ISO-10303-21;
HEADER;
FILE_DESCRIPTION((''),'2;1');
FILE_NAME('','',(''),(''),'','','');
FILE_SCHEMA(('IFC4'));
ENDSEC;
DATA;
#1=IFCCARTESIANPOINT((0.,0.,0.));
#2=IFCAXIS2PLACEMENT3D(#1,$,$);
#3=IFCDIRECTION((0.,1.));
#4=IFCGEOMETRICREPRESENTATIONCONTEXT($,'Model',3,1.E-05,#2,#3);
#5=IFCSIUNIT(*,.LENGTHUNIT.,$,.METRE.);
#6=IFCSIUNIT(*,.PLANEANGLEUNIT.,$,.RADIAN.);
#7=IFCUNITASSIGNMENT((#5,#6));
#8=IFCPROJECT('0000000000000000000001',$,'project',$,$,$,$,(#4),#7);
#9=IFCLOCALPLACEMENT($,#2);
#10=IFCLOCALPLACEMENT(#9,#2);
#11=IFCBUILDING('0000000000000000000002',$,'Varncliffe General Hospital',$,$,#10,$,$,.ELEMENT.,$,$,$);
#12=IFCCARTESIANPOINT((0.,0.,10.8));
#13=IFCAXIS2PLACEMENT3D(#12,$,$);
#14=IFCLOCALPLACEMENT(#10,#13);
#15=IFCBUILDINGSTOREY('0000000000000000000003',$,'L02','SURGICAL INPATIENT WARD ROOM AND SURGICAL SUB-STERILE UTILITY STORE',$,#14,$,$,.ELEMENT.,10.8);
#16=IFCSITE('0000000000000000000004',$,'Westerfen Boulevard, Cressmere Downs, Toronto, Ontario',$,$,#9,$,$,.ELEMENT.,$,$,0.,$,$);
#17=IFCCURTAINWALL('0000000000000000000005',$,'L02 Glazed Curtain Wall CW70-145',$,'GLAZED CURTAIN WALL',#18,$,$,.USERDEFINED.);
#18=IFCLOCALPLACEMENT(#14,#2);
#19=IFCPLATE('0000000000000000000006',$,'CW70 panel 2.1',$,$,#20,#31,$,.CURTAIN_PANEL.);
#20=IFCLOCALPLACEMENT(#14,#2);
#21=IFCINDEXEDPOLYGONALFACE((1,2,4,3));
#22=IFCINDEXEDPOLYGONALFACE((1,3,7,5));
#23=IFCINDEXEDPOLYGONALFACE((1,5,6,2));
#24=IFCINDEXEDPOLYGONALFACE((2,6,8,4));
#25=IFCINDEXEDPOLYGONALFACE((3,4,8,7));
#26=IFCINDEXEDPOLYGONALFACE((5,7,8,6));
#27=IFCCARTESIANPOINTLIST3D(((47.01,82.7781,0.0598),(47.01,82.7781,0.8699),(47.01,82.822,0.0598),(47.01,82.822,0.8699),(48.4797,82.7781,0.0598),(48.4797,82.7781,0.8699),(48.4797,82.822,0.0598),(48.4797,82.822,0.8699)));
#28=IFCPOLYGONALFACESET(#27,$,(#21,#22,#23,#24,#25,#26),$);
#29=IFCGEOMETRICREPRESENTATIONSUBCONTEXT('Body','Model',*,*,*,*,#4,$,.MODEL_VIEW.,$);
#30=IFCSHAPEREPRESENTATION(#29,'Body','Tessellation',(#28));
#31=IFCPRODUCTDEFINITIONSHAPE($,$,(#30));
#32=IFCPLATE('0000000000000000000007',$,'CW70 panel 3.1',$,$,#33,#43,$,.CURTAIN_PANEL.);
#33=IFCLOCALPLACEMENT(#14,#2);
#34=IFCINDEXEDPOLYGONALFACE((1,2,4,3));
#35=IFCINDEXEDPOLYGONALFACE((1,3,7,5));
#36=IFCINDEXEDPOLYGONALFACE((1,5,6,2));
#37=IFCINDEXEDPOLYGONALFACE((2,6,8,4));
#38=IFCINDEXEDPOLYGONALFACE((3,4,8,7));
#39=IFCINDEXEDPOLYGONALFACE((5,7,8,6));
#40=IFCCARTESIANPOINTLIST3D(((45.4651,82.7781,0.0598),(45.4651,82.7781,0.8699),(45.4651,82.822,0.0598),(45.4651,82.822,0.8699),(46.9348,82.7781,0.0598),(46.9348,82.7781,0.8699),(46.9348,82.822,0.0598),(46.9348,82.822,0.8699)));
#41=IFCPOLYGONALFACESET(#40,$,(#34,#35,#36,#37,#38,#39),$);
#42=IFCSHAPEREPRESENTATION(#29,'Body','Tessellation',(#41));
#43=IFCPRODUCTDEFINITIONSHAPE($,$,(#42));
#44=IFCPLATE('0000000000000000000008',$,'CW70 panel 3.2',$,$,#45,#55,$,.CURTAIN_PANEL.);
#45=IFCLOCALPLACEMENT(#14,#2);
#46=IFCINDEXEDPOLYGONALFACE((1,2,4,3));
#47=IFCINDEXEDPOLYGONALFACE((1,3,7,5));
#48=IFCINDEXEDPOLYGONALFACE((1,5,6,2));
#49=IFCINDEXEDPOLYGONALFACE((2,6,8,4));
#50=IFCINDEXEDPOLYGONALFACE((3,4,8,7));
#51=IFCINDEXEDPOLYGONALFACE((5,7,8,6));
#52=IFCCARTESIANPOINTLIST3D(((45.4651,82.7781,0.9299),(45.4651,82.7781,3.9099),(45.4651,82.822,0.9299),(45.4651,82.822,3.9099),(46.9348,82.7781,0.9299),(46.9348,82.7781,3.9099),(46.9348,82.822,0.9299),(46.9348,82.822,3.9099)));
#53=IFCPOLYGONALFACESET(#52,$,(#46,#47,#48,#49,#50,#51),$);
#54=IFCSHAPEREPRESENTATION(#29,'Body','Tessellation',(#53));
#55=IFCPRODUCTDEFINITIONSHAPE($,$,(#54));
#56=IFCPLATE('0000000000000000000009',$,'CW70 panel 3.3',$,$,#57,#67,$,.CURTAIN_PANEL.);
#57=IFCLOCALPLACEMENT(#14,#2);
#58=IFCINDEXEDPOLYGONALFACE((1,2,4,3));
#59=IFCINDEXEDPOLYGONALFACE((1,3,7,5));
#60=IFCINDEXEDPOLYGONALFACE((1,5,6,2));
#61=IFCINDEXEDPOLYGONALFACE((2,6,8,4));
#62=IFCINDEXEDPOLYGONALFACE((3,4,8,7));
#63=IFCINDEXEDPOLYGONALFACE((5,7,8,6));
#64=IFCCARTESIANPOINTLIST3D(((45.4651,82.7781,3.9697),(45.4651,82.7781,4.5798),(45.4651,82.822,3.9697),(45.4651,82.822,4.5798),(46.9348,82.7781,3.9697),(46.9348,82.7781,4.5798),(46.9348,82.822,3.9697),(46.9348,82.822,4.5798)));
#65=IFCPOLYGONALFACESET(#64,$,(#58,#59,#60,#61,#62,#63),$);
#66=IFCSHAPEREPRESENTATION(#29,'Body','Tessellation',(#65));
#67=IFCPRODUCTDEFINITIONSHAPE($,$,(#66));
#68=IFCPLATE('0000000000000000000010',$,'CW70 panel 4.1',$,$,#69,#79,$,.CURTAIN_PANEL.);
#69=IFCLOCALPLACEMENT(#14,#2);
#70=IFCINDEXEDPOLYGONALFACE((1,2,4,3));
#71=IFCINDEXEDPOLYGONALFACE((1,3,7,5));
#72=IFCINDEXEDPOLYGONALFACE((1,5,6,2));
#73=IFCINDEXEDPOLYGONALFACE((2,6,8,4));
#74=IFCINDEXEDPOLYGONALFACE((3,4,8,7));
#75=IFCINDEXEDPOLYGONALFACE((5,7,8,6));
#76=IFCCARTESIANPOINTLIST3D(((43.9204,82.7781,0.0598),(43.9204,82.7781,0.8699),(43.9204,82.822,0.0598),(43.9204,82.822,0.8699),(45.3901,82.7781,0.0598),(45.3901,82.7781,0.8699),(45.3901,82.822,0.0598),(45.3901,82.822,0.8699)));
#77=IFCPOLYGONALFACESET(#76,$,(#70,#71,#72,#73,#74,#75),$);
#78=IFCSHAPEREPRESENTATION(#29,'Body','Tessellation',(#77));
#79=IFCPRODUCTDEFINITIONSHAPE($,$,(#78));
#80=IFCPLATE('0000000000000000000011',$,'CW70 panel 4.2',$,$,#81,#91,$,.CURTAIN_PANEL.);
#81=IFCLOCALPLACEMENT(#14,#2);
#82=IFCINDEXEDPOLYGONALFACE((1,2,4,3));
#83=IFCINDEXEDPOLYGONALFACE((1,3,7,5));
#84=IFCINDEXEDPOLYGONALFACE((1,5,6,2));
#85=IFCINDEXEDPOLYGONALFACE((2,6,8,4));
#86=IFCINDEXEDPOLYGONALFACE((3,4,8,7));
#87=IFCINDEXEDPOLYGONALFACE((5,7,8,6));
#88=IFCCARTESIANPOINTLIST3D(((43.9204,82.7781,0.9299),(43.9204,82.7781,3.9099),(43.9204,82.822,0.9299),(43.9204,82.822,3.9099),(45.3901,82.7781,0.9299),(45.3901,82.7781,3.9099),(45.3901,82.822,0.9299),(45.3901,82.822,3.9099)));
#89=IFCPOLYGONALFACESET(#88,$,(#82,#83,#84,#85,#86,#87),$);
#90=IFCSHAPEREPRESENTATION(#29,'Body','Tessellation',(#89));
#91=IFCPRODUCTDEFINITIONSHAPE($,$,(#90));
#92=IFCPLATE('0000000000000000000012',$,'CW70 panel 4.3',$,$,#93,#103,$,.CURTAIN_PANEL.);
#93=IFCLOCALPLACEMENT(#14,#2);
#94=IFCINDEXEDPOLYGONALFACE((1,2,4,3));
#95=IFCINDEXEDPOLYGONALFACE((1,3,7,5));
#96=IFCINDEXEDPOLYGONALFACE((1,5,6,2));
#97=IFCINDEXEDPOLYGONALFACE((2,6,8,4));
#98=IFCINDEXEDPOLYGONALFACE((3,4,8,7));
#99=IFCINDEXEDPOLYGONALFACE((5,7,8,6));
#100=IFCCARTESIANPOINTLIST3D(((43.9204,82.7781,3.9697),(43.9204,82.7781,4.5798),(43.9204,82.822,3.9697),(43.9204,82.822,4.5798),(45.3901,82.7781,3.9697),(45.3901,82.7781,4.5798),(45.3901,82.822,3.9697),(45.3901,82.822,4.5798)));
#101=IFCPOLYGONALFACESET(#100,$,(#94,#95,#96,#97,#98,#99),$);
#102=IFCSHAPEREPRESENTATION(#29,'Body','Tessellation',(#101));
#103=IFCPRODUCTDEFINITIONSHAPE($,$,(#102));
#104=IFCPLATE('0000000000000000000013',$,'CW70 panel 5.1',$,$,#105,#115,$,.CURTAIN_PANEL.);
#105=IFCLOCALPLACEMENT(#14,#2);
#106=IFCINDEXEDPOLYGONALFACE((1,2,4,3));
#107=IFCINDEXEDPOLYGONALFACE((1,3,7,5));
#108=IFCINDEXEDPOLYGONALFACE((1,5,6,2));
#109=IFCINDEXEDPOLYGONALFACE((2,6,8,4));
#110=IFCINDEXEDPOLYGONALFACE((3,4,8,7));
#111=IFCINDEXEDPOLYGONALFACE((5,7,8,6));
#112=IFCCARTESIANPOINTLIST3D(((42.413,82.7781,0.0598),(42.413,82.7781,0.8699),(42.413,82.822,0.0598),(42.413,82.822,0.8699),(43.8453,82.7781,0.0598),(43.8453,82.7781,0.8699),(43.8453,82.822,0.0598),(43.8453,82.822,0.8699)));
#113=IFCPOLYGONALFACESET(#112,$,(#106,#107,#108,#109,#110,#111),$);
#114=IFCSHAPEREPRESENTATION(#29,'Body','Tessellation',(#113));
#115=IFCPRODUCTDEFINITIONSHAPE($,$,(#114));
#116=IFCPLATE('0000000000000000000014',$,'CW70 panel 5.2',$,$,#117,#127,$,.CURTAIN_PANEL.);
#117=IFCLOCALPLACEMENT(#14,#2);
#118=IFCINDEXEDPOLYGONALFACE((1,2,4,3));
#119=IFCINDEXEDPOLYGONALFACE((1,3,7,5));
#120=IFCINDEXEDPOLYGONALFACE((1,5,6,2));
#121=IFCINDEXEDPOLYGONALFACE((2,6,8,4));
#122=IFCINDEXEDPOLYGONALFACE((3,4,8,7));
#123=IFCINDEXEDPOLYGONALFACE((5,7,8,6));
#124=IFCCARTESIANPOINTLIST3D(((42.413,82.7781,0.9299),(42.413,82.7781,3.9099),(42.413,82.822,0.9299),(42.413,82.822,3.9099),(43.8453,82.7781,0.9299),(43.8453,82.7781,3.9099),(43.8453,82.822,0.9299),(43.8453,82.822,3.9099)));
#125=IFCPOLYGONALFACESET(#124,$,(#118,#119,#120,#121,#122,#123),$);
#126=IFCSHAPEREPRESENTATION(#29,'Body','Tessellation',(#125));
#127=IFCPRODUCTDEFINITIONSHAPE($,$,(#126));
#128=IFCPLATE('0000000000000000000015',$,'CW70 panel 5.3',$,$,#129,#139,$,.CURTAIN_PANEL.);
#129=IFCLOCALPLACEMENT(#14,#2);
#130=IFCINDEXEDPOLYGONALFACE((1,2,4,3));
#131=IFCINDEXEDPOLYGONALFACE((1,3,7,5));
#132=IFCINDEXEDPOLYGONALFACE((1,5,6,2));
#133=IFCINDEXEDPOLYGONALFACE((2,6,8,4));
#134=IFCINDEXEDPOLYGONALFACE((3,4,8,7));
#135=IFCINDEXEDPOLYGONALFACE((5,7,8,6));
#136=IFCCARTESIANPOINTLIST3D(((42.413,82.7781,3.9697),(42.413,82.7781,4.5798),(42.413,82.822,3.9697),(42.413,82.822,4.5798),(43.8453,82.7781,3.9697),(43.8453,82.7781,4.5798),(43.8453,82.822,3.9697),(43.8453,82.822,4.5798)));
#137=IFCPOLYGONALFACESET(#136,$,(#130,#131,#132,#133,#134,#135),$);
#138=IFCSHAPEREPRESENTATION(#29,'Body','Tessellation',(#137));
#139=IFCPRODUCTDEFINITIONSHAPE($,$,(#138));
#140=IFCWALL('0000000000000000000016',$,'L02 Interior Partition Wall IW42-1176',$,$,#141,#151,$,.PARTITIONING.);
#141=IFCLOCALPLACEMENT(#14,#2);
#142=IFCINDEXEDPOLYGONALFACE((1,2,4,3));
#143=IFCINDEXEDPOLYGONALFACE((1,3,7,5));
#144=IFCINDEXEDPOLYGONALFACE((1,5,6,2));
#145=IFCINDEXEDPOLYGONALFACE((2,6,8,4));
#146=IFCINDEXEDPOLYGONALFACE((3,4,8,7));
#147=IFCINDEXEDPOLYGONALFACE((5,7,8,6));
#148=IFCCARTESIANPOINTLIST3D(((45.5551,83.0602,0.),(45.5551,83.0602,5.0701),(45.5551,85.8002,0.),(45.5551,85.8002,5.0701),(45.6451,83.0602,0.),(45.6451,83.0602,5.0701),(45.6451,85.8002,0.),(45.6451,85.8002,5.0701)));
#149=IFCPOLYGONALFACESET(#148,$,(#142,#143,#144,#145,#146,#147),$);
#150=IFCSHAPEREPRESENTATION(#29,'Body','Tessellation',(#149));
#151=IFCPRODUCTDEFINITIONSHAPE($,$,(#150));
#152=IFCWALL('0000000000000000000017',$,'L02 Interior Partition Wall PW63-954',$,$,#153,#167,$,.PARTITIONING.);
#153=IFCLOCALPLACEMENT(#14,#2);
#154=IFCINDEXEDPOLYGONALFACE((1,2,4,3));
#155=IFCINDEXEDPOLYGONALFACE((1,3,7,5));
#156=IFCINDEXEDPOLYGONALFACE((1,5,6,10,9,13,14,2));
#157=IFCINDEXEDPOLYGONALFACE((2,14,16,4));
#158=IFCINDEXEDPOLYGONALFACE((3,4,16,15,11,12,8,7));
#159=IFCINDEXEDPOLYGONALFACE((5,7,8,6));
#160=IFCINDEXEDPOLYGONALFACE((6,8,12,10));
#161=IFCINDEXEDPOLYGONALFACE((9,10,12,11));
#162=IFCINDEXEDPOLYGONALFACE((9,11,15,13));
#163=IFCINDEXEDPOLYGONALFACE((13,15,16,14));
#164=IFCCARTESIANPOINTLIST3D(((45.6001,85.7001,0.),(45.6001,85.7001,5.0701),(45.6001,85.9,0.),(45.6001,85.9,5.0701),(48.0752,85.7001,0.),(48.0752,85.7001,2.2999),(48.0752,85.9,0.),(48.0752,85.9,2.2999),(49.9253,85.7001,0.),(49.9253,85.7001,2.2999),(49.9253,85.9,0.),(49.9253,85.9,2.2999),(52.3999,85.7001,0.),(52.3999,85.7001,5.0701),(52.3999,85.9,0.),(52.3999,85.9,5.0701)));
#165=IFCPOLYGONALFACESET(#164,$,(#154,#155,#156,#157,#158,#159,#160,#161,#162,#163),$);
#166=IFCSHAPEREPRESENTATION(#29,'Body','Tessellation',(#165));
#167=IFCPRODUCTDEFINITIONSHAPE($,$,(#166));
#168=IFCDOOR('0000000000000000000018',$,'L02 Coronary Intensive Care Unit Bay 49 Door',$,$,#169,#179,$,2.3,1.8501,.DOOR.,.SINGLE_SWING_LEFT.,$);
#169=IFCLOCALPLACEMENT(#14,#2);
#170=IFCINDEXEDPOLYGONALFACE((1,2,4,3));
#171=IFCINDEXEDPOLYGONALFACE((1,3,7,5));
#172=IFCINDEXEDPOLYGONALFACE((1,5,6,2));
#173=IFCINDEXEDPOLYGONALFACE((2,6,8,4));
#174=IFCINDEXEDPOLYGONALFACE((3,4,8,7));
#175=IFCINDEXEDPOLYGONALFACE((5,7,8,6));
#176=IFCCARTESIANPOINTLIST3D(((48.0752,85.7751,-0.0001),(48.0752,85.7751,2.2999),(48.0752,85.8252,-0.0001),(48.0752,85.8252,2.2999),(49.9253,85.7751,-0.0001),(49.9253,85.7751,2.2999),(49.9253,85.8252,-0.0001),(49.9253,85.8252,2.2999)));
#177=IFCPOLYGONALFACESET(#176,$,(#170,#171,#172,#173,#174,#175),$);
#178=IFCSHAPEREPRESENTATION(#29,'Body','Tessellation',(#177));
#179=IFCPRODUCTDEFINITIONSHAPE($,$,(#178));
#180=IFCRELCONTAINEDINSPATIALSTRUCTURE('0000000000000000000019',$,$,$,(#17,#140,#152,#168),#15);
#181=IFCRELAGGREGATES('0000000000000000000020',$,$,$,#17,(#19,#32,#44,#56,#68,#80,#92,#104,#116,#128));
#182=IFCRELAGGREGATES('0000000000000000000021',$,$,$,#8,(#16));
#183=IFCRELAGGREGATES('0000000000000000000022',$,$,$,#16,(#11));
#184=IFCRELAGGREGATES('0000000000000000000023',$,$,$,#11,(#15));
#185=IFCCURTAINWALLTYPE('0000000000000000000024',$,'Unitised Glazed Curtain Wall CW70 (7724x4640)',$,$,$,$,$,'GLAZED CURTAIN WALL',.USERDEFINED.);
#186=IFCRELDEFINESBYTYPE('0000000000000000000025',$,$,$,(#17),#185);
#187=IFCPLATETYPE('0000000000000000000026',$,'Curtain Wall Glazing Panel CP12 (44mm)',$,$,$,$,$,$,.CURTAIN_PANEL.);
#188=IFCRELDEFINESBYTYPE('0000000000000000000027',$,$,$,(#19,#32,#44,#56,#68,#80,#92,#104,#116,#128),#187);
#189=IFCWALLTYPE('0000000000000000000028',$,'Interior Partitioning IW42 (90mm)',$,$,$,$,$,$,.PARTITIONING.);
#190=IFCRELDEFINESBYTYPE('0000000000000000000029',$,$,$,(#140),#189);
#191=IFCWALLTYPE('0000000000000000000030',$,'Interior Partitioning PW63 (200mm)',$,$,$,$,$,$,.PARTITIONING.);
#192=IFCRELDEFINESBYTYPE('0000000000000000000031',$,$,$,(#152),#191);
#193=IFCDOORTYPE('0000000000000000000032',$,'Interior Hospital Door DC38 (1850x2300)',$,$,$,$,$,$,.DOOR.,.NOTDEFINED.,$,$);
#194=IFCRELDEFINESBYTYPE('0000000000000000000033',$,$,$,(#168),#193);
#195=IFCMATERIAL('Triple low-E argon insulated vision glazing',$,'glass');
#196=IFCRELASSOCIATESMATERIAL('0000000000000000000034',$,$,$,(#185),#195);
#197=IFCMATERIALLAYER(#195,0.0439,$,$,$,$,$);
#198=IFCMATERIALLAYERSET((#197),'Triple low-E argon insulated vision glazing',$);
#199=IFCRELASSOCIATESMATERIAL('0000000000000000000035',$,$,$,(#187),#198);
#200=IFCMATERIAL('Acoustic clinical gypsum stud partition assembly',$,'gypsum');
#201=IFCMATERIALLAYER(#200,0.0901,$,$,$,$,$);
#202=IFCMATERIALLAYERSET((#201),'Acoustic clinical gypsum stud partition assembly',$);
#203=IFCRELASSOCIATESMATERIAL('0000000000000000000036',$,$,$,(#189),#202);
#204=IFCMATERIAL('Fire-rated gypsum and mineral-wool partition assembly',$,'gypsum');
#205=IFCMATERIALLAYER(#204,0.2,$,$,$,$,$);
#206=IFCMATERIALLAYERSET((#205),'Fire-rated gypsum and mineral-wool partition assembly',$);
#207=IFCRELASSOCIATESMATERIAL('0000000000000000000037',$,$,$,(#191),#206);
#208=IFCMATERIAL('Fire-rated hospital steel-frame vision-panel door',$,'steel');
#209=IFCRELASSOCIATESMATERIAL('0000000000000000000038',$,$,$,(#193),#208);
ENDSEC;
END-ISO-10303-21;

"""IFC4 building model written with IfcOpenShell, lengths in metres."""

from ifc_helpers import new_model, si_unit, direction, frame, frame_2d, origin, origin_2d, place, context, subcontext, project, spatial, rectangle, extrude, material, layer, layer_set, type_object, element, fill, aggregate, save


model = new_model("IFC4")

# Units and contexts
model_context = context("Model", 3, precision=1e-05, world=origin(), true_north=direction((0.0, 1.0)))
body_context = subcontext(model_context, "Body", "Model", "MODEL_VIEW")
ifc_project = project(units=[si_unit("LENGTHUNIT", "METRE"), si_unit("PLANEANGLEUNIT", "RADIAN")], contexts=[model_context])

# Site, building, storey
site_placement = place(None, origin())
site = spatial("IfcSite", under=ifc_project, at=site_placement, Name="Westerfen Boulevard, Cressmere Downs, Toronto, Ontario", CompositionType="ELEMENT", RefElevation=0.0)
building_placement = place(site_placement, origin())
building = spatial("IfcBuilding", under=site, at=building_placement, Name="Varncliffe General Hospital", CompositionType="ELEMENT")
storey_placement = place(building_placement, frame((0.0, 0.0, 10.8)))
storey = spatial("IfcBuildingStorey", under=building, at=storey_placement, Name="L02", Description="SURGICAL INPATIENT WARD ROOM AND SURGICAL SUB-STERILE UTILITY STORE", CompositionType="ELEMENT", Elevation=10.8)

# Curtain wall, plates
ifc_material_1 = material(Name="Triple low-E argon insulated vision glazing", Category="glass")
curtain_wall_type = type_object("IfcCurtainWallType", Name="Unitised Glazed Curtain Wall CW70 (7724x4640)", ElementType="GLAZED CURTAIN WALL", PredefinedType="USERDEFINED", material=ifc_material_1)
curtain_wall_placement = place(storey_placement, origin())
curtain_wall = element("IfcCurtainWall", 1, at=curtain_wall_placement, inside=storey, type_object=curtain_wall_type, Name="L02 Glazed Curtain Wall CW70-145", ObjectType="GLAZED CURTAIN WALL", PredefinedType="USERDEFINED")
ifc_layer_1 = layer(ifc_material_1, 0.0439)
ifc_layer_set_1 = layer_set([ifc_layer_1], Name="Triple low-E argon insulated vision glazing")
plate_type = type_object("IfcPlateType", Name="Curtain Wall Glazing Panel CP12 (44mm)", PredefinedType="CURTAIN_PANEL", material=ifc_layer_set_1)
plate_1_placement = place(storey_placement, frame((47.7449, 82.8, 0.0598), z_axis=(0.0, 0.0, 1.0), x_axis=(-1.0, 0.0, 0.0)))
plate_1 = element("IfcPlate", 2, at=plate_1_placement, type_object=plate_type, Name="CW70 panel 2.1", PredefinedType="CURTAIN_PANEL", context=body_context, shape_type="SweptSolid", body=[
    extrude(rectangle(XDim=1.4697, YDim=0.0439, at=origin_2d()), origin(), (0.0, 0.0, 1.0), 0.8101),
])
plate_2_placement = place(storey_placement, frame((46.2, 82.8, 0.0598), z_axis=(0.0, 0.0, 1.0), x_axis=(-1.0, 0.0, 0.0)))
plate_2 = element("IfcPlate", 3, at=plate_2_placement, type_object=plate_type, Name="CW70 panel 3.1", PredefinedType="CURTAIN_PANEL", context=body_context, shape_type="SweptSolid", body=[
    extrude(rectangle(XDim=1.4697, YDim=0.0439, at=origin_2d()), origin(), (0.0, 0.0, 1.0), 0.8101),
])
plate_3_placement = place(storey_placement, frame((46.2, 82.8, 0.9299), z_axis=(0.0, 0.0, 1.0), x_axis=(-1.0, 0.0, 0.0)))
plate_3 = element("IfcPlate", 4, at=plate_3_placement, type_object=plate_type, Name="CW70 panel 3.2", PredefinedType="CURTAIN_PANEL", context=body_context, shape_type="SweptSolid", body=[
    extrude(rectangle(XDim=1.4697, YDim=0.0439, at=origin_2d()), origin(), (0.0, 0.0, 1.0), 2.98),
])
plate_4_placement = place(storey_placement, frame((46.2, 82.8, 3.9697), z_axis=(0.0, 0.0, 1.0), x_axis=(-1.0, 0.0, 0.0)))
plate_4 = element("IfcPlate", 5, at=plate_4_placement, type_object=plate_type, Name="CW70 panel 3.3", PredefinedType="CURTAIN_PANEL", context=body_context, shape_type="SweptSolid", body=[
    extrude(rectangle(XDim=1.4697, YDim=0.0439, at=origin_2d()), origin(), (0.0, 0.0, 1.0), 0.6101),
])
plate_5_placement = place(storey_placement, frame((44.6553, 82.8, 0.0598), z_axis=(0.0, 0.0, 1.0), x_axis=(-1.0, 0.0, 0.0)))
plate_5 = element("IfcPlate", 6, at=plate_5_placement, type_object=plate_type, Name="CW70 panel 4.1", PredefinedType="CURTAIN_PANEL", context=body_context, shape_type="SweptSolid", body=[
    extrude(rectangle(XDim=1.4697, YDim=0.0439, at=origin_2d()), origin(), (0.0, 0.0, 1.0), 0.8101),
])
plate_6_placement = place(storey_placement, frame((44.6553, 82.8, 0.9299), z_axis=(0.0, 0.0, 1.0), x_axis=(-1.0, 0.0, 0.0)))
plate_6 = element("IfcPlate", 7, at=plate_6_placement, type_object=plate_type, Name="CW70 panel 4.2", PredefinedType="CURTAIN_PANEL", context=body_context, shape_type="SweptSolid", body=[
    extrude(rectangle(XDim=1.4697, YDim=0.0439, at=origin_2d()), origin(), (0.0, 0.0, 1.0), 2.98),
])
plate_7_placement = place(storey_placement, frame((44.6553, 82.8, 3.9697), z_axis=(0.0, 0.0, 1.0), x_axis=(-1.0, 0.0, 0.0)))
plate_7 = element("IfcPlate", 8, at=plate_7_placement, type_object=plate_type, Name="CW70 panel 4.3", PredefinedType="CURTAIN_PANEL", context=body_context, shape_type="SweptSolid", body=[
    extrude(rectangle(XDim=1.4697, YDim=0.0439, at=origin_2d()), origin(), (0.0, 0.0, 1.0), 0.6101),
])
plate_8_placement = place(storey_placement, frame((43.1292, 82.8, 0.0598), z_axis=(0.0, 0.0, 1.0), x_axis=(-1.0, 0.0, 0.0)))
plate_8 = element("IfcPlate", 9, at=plate_8_placement, type_object=plate_type, Name="CW70 panel 5.1", PredefinedType="CURTAIN_PANEL", context=body_context, shape_type="SweptSolid", body=[
    extrude(rectangle(XDim=1.4324, YDim=0.0439, at=origin_2d()), origin(), (0.0, 0.0, 1.0), 0.8101),
])
plate_9_placement = place(storey_placement, frame((43.1292, 82.8, 0.9299), z_axis=(0.0, 0.0, 1.0), x_axis=(-1.0, 0.0, 0.0)))
plate_9 = element("IfcPlate", 10, at=plate_9_placement, type_object=plate_type, Name="CW70 panel 5.2", PredefinedType="CURTAIN_PANEL", context=body_context, shape_type="SweptSolid", body=[
    extrude(rectangle(XDim=1.4324, YDim=0.0439, at=origin_2d()), origin(), (0.0, 0.0, 1.0), 2.98),
])
plate_10_placement = place(storey_placement, frame((43.1292, 82.8, 3.9697), z_axis=(0.0, 0.0, 1.0), x_axis=(-1.0, 0.0, 0.0)))
plate_10 = element("IfcPlate", 11, at=plate_10_placement, type_object=plate_type, Name="CW70 panel 5.3", PredefinedType="CURTAIN_PANEL", context=body_context, shape_type="SweptSolid", body=[
    extrude(rectangle(XDim=1.4324, YDim=0.0439, at=origin_2d()), origin(), (0.0, 0.0, 1.0), 0.6101),
])
aggregate(curtain_wall, [plate_1, plate_2, plate_3, plate_4, plate_5, plate_6, plate_7, plate_8, plate_9, plate_10])

# Wall
ifc_material_2 = material(Name="Acoustic clinical gypsum stud partition assembly", Category="gypsum")
ifc_layer_2 = layer(ifc_material_2, 0.0901)
ifc_layer_set_2 = layer_set([ifc_layer_2], Name="Acoustic clinical gypsum stud partition assembly")
wall_type_1 = type_object("IfcWallType", Name="Interior Partitioning IW42 (90mm)", PredefinedType="PARTITIONING", material=ifc_layer_set_2)
wall_1_placement = place(storey_placement, frame((45.6001, 83.0601, 0.0), z_axis=(0.0, 0.0, 1.0), x_axis=(0.0, 1.0, 0.0)))
element("IfcWall", 12, at=wall_1_placement, inside=storey, type_object=wall_type_1, Name="L02 Interior Partition Wall IW42-1176", PredefinedType="PARTITIONING", context=body_context, shape_type="SweptSolid", body=[
    extrude(rectangle(XDim=2.74, YDim=0.0901, at=frame_2d((1.3701, 0.0))), origin(), (0.0, 0.0, 1.0), 5.0701),
])

# Wall, opening, door
ifc_material_3 = material(Name="Fire-rated gypsum and mineral-wool partition assembly", Category="gypsum")
ifc_layer_3 = layer(ifc_material_3, 0.2)
ifc_layer_set_3 = layer_set([ifc_layer_3], Name="Fire-rated gypsum and mineral-wool partition assembly")
wall_type_2 = type_object("IfcWallType", Name="Interior Partitioning PW63 (200mm)", PredefinedType="PARTITIONING", material=ifc_layer_set_3)
wall_2_placement = place(storey_placement, frame((45.6001, 85.8, 0.0), z_axis=(0.0, 0.0, 1.0), x_axis=(1.0, 0.0, 0.0)))
wall_2 = element("IfcWall", 13, at=wall_2_placement, inside=storey, type_object=wall_type_2, Name="L02 Interior Partition Wall PW63-954", PredefinedType="PARTITIONING", context=body_context, shape_type="SweptSolid", body=[
    extrude(rectangle(XDim=6.7998, YDim=0.2, at=frame_2d((3.3999, 0.0))), origin(), (0.0, 0.0, 1.0), 5.0701),
])
opening_placement = place(wall_2_placement, frame((2.4751, 0.0, 0.0)))
opening = element("IfcOpeningElement", 14, at=opening_placement, cuts=wall_2, PredefinedType="OPENING", context=body_context, shape_type="SweptSolid", body=[
    extrude(rectangle(XDim=1.8501, YDim=2.3, at=frame_2d((0.925, 1.1499))), frame((0.0, 0.1099, 0.0), z_axis=(0.0, -1.0, 0.0), x_axis=(1.0, 0.0, 0.0)), (0.0, 0.0, 1.0), 0.22),
])
ifc_material_4 = material(Name="Fire-rated hospital steel-frame vision-panel door", Category="steel")
door_type = type_object("IfcDoorType", Name="Interior Hospital Door DC38 (1850x2300)", OperationType="NOTDEFINED", PredefinedType="DOOR", material=ifc_material_4)
door_placement = place(opening_placement, frame((1.8501, 0.0, 0.0), z_axis=(0.0, 0.0, 1.0), x_axis=(-1.0, 0.0, 0.0)))
door = element("IfcDoor", 15, at=door_placement, inside=storey, type_object=door_type, Name="L02 Coronary Intensive Care Unit Bay 49 Door", OperationType="SINGLE_SWING_LEFT", OverallHeight=2.3, OverallWidth=1.8501, PredefinedType="DOOR", context=body_context, shape_type="SweptSolid", body=[
    extrude(rectangle(XDim=1.8501, YDim=2.3, at=frame_2d((0.925, 1.1499))), frame((0.0, 0.0249, 0.0), z_axis=(0.0, -1.0, 0.0), x_axis=(1.0, 0.0, 0.0)), (0.0, 0.0, 1.0), 0.05),
])
fill(opening, door)

save(model, "model.ifc")
